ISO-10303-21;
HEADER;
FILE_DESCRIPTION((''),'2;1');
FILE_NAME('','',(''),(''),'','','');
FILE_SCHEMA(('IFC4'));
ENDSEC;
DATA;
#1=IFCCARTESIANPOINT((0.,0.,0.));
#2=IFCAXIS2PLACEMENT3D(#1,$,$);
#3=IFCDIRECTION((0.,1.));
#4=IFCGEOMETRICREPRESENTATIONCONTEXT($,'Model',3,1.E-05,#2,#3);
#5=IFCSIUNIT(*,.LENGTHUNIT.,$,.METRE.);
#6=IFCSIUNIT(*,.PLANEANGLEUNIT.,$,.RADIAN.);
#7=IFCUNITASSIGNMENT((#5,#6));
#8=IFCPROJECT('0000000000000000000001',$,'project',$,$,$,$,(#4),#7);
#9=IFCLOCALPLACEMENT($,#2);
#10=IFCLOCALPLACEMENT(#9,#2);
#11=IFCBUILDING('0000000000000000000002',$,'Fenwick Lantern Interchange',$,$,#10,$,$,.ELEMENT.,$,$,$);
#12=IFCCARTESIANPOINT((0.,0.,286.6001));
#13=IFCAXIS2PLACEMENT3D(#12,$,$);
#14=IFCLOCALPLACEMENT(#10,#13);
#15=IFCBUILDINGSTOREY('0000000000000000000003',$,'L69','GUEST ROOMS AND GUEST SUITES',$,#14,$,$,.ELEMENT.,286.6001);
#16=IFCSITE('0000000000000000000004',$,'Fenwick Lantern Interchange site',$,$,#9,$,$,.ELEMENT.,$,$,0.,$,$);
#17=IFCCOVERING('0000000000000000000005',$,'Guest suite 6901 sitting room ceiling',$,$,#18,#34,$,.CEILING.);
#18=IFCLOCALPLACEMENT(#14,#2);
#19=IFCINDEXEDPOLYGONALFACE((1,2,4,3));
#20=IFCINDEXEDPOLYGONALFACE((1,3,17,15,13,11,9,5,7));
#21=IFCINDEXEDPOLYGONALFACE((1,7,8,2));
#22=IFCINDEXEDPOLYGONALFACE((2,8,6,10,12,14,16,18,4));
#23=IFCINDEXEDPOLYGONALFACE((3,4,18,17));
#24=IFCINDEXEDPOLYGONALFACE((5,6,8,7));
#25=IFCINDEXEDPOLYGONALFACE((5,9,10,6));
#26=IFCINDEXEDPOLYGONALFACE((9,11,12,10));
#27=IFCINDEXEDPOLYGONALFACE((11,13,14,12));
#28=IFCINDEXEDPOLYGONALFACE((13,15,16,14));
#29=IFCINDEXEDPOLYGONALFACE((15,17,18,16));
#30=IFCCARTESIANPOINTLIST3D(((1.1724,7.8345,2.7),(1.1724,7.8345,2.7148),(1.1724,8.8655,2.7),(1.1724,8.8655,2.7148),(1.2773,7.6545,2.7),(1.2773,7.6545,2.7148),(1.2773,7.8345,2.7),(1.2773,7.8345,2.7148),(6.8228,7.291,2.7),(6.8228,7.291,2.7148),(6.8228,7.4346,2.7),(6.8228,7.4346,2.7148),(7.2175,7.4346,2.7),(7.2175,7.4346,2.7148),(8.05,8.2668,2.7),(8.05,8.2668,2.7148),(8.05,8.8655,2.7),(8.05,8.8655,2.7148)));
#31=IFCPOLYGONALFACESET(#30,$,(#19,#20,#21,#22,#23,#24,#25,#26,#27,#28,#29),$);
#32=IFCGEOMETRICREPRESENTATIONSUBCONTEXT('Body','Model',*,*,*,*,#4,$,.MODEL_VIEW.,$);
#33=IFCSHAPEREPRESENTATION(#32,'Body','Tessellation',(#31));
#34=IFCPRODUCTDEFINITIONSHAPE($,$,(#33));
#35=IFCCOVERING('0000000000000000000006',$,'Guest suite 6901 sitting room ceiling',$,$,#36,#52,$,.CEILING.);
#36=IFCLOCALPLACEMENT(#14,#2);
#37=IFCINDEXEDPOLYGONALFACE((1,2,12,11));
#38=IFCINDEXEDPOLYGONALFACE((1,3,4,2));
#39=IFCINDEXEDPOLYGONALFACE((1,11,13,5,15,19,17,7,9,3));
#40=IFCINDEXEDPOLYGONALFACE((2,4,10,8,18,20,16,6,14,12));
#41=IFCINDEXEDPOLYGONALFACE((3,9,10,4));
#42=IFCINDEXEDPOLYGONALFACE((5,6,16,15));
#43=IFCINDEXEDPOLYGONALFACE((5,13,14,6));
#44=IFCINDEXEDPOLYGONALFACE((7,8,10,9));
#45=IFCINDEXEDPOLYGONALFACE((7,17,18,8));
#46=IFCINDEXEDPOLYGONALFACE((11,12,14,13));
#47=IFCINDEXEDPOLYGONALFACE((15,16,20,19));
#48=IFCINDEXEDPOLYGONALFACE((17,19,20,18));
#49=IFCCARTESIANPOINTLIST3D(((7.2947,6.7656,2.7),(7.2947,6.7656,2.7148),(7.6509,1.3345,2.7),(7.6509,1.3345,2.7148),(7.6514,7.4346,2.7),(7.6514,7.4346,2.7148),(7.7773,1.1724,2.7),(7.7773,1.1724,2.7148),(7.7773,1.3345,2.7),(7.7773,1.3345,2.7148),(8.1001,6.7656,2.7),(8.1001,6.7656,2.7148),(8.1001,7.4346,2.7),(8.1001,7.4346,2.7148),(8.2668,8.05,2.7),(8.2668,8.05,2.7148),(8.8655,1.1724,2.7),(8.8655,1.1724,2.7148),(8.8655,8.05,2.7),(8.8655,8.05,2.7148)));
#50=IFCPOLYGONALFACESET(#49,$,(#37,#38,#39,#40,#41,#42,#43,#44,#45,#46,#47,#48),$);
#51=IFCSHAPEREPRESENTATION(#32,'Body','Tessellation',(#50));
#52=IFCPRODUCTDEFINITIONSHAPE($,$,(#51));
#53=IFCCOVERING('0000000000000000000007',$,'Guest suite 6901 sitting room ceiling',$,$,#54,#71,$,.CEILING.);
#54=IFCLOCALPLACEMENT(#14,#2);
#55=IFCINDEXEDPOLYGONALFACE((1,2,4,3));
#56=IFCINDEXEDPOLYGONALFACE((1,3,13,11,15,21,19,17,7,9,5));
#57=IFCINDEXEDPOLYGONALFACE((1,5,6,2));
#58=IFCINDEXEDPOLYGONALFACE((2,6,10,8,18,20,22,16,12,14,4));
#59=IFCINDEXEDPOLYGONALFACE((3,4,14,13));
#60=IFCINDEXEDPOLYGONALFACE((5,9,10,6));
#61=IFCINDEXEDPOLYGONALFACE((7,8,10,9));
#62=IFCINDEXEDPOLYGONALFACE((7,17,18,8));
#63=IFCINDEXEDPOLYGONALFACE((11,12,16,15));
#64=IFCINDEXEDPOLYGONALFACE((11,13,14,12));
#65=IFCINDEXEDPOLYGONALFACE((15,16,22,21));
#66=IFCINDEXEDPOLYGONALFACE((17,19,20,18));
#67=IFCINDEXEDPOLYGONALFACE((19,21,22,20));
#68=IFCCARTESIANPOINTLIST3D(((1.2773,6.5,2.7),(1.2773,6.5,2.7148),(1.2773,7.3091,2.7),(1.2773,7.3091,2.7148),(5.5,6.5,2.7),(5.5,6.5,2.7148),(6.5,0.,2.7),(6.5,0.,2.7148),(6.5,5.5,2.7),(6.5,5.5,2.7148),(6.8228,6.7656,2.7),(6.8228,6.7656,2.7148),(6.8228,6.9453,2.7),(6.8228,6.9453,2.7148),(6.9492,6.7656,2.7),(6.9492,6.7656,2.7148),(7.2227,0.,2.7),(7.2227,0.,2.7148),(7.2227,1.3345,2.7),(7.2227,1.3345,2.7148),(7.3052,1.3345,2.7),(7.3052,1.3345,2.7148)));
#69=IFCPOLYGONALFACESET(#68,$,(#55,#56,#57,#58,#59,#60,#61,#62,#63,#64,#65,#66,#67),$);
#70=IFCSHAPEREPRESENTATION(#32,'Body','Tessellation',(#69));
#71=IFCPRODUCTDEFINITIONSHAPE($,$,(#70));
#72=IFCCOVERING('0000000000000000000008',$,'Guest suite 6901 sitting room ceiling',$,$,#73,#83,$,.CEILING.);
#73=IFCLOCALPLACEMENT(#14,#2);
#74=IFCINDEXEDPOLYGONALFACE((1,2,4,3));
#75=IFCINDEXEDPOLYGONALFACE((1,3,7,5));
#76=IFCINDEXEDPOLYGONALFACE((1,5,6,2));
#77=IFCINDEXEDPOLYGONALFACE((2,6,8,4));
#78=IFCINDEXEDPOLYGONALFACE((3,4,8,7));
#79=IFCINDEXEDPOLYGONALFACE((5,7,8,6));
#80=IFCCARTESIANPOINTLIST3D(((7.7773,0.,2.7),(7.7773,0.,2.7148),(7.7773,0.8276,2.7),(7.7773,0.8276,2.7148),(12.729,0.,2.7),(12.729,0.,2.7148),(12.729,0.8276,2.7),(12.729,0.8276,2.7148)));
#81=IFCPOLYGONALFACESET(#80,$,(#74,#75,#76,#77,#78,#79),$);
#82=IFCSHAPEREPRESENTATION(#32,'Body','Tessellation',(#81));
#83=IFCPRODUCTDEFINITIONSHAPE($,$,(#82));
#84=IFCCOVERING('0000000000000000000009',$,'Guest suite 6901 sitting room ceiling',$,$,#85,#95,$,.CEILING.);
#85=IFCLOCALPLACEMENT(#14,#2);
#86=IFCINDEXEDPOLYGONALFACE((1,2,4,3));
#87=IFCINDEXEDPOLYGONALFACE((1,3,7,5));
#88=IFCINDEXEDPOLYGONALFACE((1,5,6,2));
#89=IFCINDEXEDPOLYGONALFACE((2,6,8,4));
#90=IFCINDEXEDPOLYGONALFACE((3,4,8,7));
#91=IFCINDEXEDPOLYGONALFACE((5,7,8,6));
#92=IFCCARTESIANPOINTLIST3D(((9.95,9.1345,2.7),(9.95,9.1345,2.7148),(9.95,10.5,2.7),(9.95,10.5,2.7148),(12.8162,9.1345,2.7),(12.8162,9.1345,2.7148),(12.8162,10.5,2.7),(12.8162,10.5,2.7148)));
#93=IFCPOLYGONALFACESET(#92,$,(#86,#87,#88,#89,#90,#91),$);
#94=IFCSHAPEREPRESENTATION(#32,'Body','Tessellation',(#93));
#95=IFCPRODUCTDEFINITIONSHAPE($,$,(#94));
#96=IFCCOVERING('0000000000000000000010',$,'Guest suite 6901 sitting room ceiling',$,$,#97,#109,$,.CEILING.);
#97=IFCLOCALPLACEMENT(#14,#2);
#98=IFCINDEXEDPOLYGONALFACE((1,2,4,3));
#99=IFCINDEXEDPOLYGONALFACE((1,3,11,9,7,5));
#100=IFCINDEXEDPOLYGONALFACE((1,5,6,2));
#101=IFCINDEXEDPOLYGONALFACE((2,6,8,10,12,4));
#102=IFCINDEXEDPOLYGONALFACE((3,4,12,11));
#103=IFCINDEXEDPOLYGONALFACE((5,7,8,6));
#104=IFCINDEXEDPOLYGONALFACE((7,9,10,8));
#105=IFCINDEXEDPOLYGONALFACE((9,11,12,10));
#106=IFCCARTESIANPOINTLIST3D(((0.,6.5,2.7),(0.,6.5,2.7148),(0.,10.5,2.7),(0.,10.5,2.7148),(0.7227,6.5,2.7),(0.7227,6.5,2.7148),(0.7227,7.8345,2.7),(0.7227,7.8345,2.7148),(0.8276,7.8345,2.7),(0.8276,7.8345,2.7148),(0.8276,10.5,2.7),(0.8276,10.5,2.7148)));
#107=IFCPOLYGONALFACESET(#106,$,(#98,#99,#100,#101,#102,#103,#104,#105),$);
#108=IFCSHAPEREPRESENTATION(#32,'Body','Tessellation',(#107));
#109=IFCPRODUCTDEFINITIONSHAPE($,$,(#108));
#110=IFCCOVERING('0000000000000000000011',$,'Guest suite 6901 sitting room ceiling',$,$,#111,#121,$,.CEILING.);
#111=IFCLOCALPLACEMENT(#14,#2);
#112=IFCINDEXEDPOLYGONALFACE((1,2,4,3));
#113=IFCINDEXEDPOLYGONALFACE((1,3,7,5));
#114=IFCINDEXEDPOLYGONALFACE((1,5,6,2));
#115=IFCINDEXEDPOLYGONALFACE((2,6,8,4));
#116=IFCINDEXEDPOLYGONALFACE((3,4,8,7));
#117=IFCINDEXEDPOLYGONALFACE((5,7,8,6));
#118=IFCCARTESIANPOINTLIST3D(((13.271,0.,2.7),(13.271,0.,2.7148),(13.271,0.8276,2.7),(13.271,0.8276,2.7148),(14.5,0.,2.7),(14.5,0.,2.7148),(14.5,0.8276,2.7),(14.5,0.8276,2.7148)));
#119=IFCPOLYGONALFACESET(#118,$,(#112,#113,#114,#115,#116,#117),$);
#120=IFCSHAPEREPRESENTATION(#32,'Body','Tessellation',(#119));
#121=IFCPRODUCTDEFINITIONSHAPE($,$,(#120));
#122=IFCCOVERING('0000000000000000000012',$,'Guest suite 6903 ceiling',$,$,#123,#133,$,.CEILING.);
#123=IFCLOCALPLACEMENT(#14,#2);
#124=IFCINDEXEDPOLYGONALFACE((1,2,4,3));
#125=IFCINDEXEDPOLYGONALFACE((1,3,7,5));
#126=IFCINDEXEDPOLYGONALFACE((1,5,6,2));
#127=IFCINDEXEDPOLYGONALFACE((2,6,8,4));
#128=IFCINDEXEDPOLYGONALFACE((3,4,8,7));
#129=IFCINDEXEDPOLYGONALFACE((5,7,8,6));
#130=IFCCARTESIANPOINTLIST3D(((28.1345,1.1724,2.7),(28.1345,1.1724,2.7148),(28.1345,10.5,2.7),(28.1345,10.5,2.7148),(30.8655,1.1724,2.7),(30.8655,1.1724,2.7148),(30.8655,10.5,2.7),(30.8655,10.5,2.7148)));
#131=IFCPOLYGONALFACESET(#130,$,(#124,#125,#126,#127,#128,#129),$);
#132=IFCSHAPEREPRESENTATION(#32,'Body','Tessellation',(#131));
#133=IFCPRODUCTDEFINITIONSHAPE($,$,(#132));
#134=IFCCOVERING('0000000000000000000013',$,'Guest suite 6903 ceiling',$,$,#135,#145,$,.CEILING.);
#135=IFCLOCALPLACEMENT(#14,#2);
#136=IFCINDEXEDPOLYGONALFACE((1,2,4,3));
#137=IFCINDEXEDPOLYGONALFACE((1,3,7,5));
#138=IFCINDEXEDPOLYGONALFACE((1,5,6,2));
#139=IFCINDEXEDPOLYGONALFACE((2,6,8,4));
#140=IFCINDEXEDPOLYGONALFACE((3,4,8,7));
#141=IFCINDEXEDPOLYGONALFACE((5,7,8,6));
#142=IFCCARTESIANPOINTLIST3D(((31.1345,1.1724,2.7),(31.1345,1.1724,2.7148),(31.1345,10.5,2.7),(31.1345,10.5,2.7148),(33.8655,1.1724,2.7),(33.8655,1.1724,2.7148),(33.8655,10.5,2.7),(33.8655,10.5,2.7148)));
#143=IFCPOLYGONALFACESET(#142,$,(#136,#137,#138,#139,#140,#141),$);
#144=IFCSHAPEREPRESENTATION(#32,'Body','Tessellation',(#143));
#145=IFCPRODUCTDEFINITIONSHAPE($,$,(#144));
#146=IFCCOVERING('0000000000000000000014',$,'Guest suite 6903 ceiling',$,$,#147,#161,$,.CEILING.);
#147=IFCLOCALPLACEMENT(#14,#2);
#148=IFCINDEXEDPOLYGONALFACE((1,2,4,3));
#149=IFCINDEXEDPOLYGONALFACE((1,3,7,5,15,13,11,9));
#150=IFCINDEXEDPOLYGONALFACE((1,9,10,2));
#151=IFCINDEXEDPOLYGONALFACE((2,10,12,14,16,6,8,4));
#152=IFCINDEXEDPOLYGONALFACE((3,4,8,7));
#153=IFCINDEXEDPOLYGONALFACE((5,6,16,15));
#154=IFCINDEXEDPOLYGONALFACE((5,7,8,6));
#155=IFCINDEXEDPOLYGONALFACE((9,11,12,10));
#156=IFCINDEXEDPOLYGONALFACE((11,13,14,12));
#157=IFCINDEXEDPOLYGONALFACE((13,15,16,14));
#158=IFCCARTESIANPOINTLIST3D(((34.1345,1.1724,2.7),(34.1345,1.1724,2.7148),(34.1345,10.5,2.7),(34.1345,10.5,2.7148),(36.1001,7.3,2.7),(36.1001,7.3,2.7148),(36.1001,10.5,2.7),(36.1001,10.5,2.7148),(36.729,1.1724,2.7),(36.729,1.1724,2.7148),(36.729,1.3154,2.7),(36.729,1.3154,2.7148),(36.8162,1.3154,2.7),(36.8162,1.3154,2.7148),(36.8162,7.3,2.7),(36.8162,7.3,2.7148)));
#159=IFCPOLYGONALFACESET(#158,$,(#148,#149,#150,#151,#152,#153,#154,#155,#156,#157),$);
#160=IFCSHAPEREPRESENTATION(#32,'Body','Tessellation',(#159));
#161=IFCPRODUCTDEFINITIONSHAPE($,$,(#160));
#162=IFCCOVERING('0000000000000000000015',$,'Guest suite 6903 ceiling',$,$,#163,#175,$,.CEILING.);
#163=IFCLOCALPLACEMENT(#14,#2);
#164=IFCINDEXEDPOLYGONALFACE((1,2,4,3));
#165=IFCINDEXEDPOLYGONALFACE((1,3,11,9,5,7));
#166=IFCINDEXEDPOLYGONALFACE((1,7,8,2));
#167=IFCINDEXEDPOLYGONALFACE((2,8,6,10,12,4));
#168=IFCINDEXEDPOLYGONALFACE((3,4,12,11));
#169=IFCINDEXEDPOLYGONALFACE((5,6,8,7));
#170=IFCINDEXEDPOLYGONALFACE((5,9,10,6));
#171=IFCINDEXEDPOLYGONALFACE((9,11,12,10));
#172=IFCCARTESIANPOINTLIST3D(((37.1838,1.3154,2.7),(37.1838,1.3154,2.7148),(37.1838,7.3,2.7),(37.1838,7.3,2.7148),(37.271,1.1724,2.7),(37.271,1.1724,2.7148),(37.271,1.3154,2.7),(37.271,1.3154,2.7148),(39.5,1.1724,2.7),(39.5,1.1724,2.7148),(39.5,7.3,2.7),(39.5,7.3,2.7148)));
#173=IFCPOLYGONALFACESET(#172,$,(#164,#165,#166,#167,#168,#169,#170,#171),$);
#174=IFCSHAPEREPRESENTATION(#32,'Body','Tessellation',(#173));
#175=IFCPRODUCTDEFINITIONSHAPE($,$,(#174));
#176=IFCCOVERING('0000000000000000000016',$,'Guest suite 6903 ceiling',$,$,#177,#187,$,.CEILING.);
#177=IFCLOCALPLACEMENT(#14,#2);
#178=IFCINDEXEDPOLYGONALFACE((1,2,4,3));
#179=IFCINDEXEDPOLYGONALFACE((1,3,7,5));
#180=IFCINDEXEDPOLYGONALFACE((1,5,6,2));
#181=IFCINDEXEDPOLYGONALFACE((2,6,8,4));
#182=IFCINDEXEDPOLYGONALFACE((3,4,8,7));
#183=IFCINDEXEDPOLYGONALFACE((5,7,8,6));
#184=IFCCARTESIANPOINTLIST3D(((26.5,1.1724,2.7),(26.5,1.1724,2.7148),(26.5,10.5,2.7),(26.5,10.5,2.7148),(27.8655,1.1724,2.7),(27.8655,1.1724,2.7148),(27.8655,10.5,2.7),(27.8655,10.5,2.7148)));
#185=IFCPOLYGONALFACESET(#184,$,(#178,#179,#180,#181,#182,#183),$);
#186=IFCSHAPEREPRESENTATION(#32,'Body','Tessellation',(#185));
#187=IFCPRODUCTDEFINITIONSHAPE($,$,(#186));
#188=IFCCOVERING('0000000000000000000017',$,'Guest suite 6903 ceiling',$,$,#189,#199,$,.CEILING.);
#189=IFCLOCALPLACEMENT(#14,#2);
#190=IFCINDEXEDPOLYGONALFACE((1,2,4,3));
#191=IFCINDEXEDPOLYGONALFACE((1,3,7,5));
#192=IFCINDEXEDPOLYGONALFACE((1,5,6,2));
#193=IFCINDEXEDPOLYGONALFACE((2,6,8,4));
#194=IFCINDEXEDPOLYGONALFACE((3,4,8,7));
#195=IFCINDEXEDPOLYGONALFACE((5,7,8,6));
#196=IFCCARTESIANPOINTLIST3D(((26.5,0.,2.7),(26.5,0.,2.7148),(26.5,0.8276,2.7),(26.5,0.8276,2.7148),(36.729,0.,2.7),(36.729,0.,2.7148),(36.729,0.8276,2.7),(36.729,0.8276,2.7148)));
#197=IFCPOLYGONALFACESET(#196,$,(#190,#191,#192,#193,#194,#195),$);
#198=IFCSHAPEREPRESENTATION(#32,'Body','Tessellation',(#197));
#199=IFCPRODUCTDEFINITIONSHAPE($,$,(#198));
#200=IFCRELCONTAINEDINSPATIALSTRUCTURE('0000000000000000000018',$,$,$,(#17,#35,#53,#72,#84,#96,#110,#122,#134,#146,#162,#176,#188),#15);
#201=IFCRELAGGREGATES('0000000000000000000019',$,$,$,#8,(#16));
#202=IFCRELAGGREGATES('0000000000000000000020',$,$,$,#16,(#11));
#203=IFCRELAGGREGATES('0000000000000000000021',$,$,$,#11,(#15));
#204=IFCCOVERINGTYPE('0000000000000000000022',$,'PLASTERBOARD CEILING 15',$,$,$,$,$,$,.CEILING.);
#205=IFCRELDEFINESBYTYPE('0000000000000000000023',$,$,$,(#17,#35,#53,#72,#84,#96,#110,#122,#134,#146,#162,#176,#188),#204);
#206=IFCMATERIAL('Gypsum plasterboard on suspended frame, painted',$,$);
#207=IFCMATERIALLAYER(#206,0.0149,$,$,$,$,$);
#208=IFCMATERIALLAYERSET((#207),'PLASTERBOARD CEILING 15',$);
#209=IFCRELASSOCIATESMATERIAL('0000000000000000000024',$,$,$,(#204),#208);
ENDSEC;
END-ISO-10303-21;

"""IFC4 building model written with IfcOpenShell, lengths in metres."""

from ifc_helpers import new_model, si_unit, direction, frame, origin, place, context, subcontext, project, spatial, polyline, outline, extrude, material, layer, layer_set, type_object, element, save


model = new_model("IFC4")

# Units and contexts
model_context = context("Model", 3, precision=1e-05, world=origin(), true_north=direction((0.0, 1.0)))
body_context = subcontext(model_context, "Body", "Model", "MODEL_VIEW")
ifc_project = project(units=[si_unit("LENGTHUNIT", "METRE"), si_unit("PLANEANGLEUNIT", "RADIAN")], contexts=[model_context])

# Site, building, storey
site_placement = place(None, origin())
site = spatial("IfcSite", under=ifc_project, at=site_placement, Name="Fenwick Lantern Interchange site", CompositionType="ELEMENT", RefElevation=0.0)
building_placement = place(site_placement, origin())
building = spatial("IfcBuilding", under=site, at=building_placement, Name="Fenwick Lantern Interchange", CompositionType="ELEMENT")
storey_placement = place(building_placement, frame((0.0, 0.0, 286.6001)))
storey = spatial("IfcBuildingStorey", under=building, at=storey_placement, Name="L69", Description="GUEST ROOMS AND GUEST SUITES", CompositionType="ELEMENT", Elevation=286.6001)

# Coverings
ifc_material = material(Name="Gypsum plasterboard on suspended frame, painted")
ifc_layer = layer(ifc_material, 0.0149)
ifc_layer_set = layer_set([ifc_layer], Name="PLASTERBOARD CEILING 15")
covering_type = type_object("IfcCoveringType", Name="PLASTERBOARD CEILING 15", PredefinedType="CEILING", material=ifc_layer_set)
covering_1_placement = place(storey_placement, frame((0.0, 0.0, 2.7)))
element("IfcCovering", 1, at=covering_1_placement, inside=storey, type_object=covering_type, Name="Guest suite 6901 sitting room ceiling", PredefinedType="CEILING", context=body_context, shape_type="SweptSolid", body=[
    extrude(outline(polyline([(8.05, 8.2668), (8.05, 8.8655), (1.1724, 8.8655), (1.1724, 7.8345), (1.2773, 7.8345), (1.2773, 7.6545), (6.8228, 7.291), (6.8228, 7.4346), (7.2175, 7.4346), (8.05, 8.2668)])), origin(), (0.0, 0.0, 1.0), 0.0149),
])
covering_2_placement = place(storey_placement, frame((0.0, 0.0, 2.7)))
element("IfcCovering", 2, at=covering_2_placement, inside=storey, type_object=covering_type, Name="Guest suite 6901 sitting room ceiling", PredefinedType="CEILING", context=body_context, shape_type="SweptSolid", body=[
    extrude(outline(polyline([(8.8655, 8.05), (8.2668, 8.05), (7.6514, 7.4346), (8.1001, 7.4346), (8.1001, 6.7656), (7.2947, 6.7656), (7.6509, 1.3345), (7.7773, 1.3345), (7.7773, 1.1724), (8.8655, 1.1724), (8.8655, 8.05)])), origin(), (0.0, 0.0, 1.0), 0.0149),
])
covering_3_placement = place(storey_placement, frame((0.0, 0.0, 2.7)))
element("IfcCovering", 3, at=covering_3_placement, inside=storey, type_object=covering_type, Name="Guest suite 6901 sitting room ceiling", PredefinedType="CEILING", context=body_context, shape_type="SweptSolid", body=[
    extrude(outline(polyline([(7.2227, 1.3345), (7.3052, 1.3345), (6.9492, 6.7656), (6.8228, 6.7656), (6.8228, 6.9453), (1.2773, 7.3091), (1.2773, 6.5), (5.5, 6.5), (6.5, 5.5), (6.5, 0.0), (7.2227, 0.0), (7.2227, 1.3345)])), origin(), (0.0, 0.0, 1.0), 0.0149),
])
covering_4_placement = place(storey_placement, frame((0.0, 0.0, 2.7)))
element("IfcCovering", 4, at=covering_4_placement, inside=storey, type_object=covering_type, Name="Guest suite 6901 sitting room ceiling", PredefinedType="CEILING", context=body_context, shape_type="SweptSolid", body=[
    extrude(outline(polyline([(12.729, 0.0), (12.729, 0.8276), (7.7773, 0.8276), (7.7773, 0.0), (12.729, 0.0)])), origin(), (0.0, 0.0, 1.0), 0.0149),
])
covering_5_placement = place(storey_placement, frame((0.0, 0.0, 2.7)))
element("IfcCovering", 5, at=covering_5_placement, inside=storey, type_object=covering_type, Name="Guest suite 6901 sitting room ceiling", PredefinedType="CEILING", context=body_context, shape_type="SweptSolid", body=[
    extrude(outline(polyline([(9.95, 10.5), (9.95, 9.1345), (12.8162, 9.1345), (12.8162, 10.5), (9.95, 10.5)])), origin(), (0.0, 0.0, 1.0), 0.0149),
])
covering_6_placement = place(storey_placement, frame((0.0, 0.0, 2.7)))
element("IfcCovering", 6, at=covering_6_placement, inside=storey, type_object=covering_type, Name="Guest suite 6901 sitting room ceiling", PredefinedType="CEILING", context=body_context, shape_type="SweptSolid", body=[
    extrude(outline(polyline([(0.7227, 7.8345), (0.8276, 7.8345), (0.8276, 10.5), (0.0, 10.5), (0.0, 6.5), (0.7227, 6.5), (0.7227, 7.8345)])), origin(), (0.0, 0.0, 1.0), 0.0149),
])
covering_7_placement = place(storey_placement, frame((0.0, 0.0, 2.7)))
element("IfcCovering", 7, at=covering_7_placement, inside=storey, type_object=covering_type, Name="Guest suite 6901 sitting room ceiling", PredefinedType="CEILING", context=body_context, shape_type="SweptSolid", body=[
    extrude(outline(polyline([(14.5, 0.0), (14.5, 0.8276), (13.271, 0.8276), (13.271, 0.0), (14.5, 0.0)])), origin(), (0.0, 0.0, 1.0), 0.0149),
])
covering_8_placement = place(storey_placement, frame((0.0, 0.0, 2.7)))
element("IfcCovering", 8, at=covering_8_placement, inside=storey, type_object=covering_type, Name="Guest suite 6903 ceiling", PredefinedType="CEILING", context=body_context, shape_type="SweptSolid", body=[
    extrude(outline(polyline([(30.8655, 10.5), (28.1345, 10.5), (28.1345, 1.1724), (30.8655, 1.1724), (30.8655, 10.5)])), origin(), (0.0, 0.0, 1.0), 0.0149),
])
covering_9_placement = place(storey_placement, frame((0.0, 0.0, 2.7)))
element("IfcCovering", 9, at=covering_9_placement, inside=storey, type_object=covering_type, Name="Guest suite 6903 ceiling", PredefinedType="CEILING", context=body_context, shape_type="SweptSolid", body=[
    extrude(outline(polyline([(33.8655, 10.5), (31.1345, 10.5), (31.1345, 1.1724), (33.8655, 1.1724), (33.8655, 10.5)])), origin(), (0.0, 0.0, 1.0), 0.0149),
])
covering_10_placement = place(storey_placement, frame((0.0, 0.0, 2.7)))
element("IfcCovering", 10, at=covering_10_placement, inside=storey, type_object=covering_type, Name="Guest suite 6903 ceiling", PredefinedType="CEILING", context=body_context, shape_type="SweptSolid", body=[
    extrude(outline(polyline([(36.729, 1.3154), (36.8162, 1.3154), (36.8162, 7.3), (36.1001, 7.3), (36.1001, 10.5), (34.1345, 10.5), (34.1345, 1.1724), (36.729, 1.1724), (36.729, 1.3154)])), origin(), (0.0, 0.0, 1.0), 0.0149),
])
covering_11_placement = place(storey_placement, frame((0.0, 0.0, 2.7)))
element("IfcCovering", 11, at=covering_11_placement, inside=storey, type_object=covering_type, Name="Guest suite 6903 ceiling", PredefinedType="CEILING", context=body_context, shape_type="SweptSolid", body=[
    extrude(outline(polyline([(37.271, 1.3154), (37.271, 1.1724), (39.5, 1.1724), (39.5, 7.3), (37.1838, 7.3), (37.1838, 1.3154), (37.271, 1.3154)])), origin(), (0.0, 0.0, 1.0), 0.0149),
])
covering_12_placement = place(storey_placement, frame((0.0, 0.0, 2.7)))
element("IfcCovering", 12, at=covering_12_placement, inside=storey, type_object=covering_type, Name="Guest suite 6903 ceiling", PredefinedType="CEILING", context=body_context, shape_type="SweptSolid", body=[
    extrude(outline(polyline([(26.5, 10.5), (26.5, 1.1724), (27.8655, 1.1724), (27.8655, 10.5), (26.5, 10.5)])), origin(), (0.0, 0.0, 1.0), 0.0149),
])
covering_13_placement = place(storey_placement, frame((0.0, 0.0, 2.7)))
element("IfcCovering", 13, at=covering_13_placement, inside=storey, type_object=covering_type, Name="Guest suite 6903 ceiling", PredefinedType="CEILING", context=body_context, shape_type="SweptSolid", body=[
    extrude(outline(polyline([(36.729, 0.0), (36.729, 0.8276), (26.5, 0.8276), (26.5, 0.0), (36.729, 0.0)])), origin(), (0.0, 0.0, 1.0), 0.0149),
])

save(model, "model.ifc")
